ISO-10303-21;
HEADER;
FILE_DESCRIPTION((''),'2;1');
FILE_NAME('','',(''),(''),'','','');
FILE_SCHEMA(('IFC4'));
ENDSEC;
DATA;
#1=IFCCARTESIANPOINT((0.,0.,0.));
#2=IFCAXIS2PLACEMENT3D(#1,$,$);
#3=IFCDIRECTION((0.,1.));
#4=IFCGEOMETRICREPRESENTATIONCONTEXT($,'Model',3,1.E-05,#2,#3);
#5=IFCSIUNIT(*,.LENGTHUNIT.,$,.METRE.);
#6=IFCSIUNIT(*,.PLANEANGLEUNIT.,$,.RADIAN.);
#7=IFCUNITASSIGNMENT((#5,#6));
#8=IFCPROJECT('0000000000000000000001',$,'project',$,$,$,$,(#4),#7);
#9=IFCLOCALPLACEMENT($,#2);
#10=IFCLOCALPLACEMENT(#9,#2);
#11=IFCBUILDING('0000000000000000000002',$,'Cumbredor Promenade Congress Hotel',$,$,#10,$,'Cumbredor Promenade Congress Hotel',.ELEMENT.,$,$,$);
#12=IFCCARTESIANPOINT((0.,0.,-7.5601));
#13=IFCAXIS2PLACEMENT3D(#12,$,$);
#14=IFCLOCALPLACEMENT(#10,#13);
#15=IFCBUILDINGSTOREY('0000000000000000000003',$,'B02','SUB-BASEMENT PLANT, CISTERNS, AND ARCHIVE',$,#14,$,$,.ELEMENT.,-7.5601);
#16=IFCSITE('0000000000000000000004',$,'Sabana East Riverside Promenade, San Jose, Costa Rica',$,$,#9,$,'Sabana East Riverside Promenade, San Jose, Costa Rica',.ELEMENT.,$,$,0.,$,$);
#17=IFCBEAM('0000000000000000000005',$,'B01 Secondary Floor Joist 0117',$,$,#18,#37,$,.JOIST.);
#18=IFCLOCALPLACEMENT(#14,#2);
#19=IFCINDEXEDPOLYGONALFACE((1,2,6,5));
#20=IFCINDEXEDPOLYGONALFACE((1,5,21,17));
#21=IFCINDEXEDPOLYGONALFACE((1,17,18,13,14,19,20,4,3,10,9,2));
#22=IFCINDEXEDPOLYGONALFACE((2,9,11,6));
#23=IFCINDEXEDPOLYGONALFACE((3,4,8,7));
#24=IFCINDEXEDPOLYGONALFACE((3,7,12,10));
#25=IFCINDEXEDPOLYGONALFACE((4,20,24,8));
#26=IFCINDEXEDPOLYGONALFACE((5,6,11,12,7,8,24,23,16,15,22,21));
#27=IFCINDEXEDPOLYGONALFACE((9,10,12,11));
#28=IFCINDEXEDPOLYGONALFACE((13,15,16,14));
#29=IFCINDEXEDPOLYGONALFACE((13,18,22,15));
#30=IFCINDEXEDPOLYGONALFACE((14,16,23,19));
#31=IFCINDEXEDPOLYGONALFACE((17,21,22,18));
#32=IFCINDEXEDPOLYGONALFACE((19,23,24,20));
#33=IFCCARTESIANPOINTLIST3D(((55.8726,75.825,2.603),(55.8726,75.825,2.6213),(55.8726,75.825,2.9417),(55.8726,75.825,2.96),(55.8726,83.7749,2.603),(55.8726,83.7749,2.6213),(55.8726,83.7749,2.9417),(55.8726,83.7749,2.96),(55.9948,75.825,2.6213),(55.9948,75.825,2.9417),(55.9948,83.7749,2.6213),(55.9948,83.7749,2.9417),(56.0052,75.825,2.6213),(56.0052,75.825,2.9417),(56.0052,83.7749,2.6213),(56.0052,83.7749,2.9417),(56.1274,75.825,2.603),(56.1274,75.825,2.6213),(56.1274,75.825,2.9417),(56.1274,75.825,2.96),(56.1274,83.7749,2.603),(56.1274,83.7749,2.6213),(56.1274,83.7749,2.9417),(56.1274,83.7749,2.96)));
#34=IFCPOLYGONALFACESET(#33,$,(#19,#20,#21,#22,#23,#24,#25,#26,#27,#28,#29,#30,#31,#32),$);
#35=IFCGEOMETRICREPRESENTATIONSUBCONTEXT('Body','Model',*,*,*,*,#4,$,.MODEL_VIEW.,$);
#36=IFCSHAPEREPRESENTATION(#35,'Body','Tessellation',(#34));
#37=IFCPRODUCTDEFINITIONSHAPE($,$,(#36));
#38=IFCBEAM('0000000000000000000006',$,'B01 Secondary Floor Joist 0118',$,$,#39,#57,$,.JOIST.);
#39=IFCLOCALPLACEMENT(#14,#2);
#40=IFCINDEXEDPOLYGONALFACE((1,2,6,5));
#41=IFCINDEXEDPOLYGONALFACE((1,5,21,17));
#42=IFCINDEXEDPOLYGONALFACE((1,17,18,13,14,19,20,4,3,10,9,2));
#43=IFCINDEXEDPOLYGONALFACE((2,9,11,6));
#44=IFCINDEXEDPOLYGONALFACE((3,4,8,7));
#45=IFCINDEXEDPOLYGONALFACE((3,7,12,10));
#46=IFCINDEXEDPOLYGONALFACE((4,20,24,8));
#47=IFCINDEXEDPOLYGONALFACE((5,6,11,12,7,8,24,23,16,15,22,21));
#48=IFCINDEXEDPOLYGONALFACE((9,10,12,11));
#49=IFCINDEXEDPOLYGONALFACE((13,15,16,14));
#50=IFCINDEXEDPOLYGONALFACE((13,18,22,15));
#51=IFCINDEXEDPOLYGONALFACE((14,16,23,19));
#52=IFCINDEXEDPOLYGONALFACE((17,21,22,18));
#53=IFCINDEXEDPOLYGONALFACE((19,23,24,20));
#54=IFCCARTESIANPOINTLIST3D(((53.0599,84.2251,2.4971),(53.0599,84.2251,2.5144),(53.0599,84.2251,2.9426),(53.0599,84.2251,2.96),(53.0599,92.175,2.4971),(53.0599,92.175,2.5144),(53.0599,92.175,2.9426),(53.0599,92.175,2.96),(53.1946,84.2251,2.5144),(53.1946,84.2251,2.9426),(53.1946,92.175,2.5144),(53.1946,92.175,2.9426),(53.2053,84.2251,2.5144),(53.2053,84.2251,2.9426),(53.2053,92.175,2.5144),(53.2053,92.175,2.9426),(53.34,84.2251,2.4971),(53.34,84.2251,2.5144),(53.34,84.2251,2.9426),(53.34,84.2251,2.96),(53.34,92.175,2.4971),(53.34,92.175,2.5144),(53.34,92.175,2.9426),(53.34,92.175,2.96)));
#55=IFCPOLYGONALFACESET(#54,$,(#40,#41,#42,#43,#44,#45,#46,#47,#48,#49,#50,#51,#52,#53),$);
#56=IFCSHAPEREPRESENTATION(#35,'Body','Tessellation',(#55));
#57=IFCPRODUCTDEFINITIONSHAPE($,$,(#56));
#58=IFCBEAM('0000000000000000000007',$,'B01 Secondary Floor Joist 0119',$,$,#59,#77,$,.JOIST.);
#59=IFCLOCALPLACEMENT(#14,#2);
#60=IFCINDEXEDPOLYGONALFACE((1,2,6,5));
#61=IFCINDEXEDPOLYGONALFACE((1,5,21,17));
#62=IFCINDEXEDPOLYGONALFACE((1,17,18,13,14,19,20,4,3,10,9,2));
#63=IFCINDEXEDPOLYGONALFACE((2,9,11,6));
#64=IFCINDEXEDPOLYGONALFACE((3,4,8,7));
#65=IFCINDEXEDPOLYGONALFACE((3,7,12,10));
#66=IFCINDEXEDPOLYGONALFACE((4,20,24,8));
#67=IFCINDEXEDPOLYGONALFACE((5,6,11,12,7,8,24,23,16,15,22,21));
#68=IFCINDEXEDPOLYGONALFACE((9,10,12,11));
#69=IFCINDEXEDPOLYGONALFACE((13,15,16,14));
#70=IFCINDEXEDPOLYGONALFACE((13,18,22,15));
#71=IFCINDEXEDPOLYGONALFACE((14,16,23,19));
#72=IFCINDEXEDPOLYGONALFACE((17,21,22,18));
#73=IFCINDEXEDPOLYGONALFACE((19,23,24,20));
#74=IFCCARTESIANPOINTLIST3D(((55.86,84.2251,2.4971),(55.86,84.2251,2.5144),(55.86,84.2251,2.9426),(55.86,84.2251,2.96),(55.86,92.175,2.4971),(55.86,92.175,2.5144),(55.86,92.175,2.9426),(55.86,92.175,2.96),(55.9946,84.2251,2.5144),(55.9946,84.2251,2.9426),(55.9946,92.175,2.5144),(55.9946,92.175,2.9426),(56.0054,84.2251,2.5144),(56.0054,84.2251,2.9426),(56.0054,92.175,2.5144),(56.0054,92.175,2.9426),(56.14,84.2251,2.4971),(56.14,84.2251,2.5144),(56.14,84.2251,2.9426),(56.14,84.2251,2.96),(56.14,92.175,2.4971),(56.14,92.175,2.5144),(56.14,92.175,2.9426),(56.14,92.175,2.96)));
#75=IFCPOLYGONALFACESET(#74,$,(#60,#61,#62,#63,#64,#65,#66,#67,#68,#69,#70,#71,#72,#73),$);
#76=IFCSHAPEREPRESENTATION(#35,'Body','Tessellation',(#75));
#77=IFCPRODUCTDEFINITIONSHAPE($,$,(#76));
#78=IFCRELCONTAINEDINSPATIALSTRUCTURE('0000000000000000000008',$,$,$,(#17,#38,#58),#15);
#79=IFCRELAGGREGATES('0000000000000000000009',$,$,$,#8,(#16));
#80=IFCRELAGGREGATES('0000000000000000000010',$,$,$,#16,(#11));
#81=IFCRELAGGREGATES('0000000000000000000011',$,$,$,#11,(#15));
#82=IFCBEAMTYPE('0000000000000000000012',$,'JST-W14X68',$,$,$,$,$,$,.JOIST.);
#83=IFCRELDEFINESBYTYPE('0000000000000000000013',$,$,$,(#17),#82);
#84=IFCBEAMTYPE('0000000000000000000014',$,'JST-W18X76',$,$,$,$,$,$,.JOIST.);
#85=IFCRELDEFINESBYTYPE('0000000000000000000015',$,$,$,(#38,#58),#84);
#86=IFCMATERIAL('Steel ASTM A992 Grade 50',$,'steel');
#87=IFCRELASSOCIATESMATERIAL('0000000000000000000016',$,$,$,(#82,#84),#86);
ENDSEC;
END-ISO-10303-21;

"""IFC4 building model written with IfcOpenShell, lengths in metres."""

from ifc_helpers import new_model, si_unit, direction, frame, origin, origin_2d, place, context, subcontext, project, spatial, i_section, extrude, material, material_profile, profile_set, type_object, element, save


model = new_model("IFC4")

# Units and contexts
model_context = context("Model", 3, precision=1e-05, world=origin(), true_north=direction((0.0, 1.0)))
body_context = subcontext(model_context, "Body", "Model", "MODEL_VIEW")
ifc_project = project(units=[si_unit("LENGTHUNIT", "METRE"), si_unit("PLANEANGLEUNIT", "RADIAN")], contexts=[model_context])

# Site, building, storey
site_placement = place(None, origin())
site = spatial("IfcSite", under=ifc_project, at=site_placement, Name="Sabana East Riverside Promenade, San Jose, Costa Rica", LongName="Sabana East Riverside Promenade, San Jose, Costa Rica", CompositionType="ELEMENT", RefElevation=0.0)
building_placement = place(site_placement, origin())
building = spatial("IfcBuilding", under=site, at=building_placement, Name="Cumbredor Promenade Congress Hotel", LongName="Cumbredor Promenade Congress Hotel", CompositionType="ELEMENT")
storey_placement = place(building_placement, frame((0.0, 0.0, -7.5601)))
storey = spatial("IfcBuildingStorey", under=building, at=storey_placement, Name="B02", Description="SUB-BASEMENT PLANT, CISTERNS, AND ARCHIVE", CompositionType="ELEMENT", Elevation=-7.5601)

# Beams
ifc_material_1 = material(Name="Steel ASTM A992 Grade 50", Category="steel")
ifc_material_profile_1 = material_profile(ifc_material_1, i_section(OverallWidth=0.2549, OverallDepth=0.3569, WebThickness=0.0105, FlangeThickness=0.0183, at=origin_2d()), Name="W14X68")
ifc_profile_set_1 = profile_set([ifc_material_profile_1], Name="Steel ASTM A992 Grade 50")
beam_type_1 = type_object("IfcBeamType", Name="JST-W14X68", PredefinedType="JOIST", material=ifc_profile_set_1)
for number, where, z_axis, x_axis, name in (
    (1, (56.0, 75.825, 2.7815), (0.0, 1.0, 0.0), (-1.0, 0.0, 0.0), "B01 Secondary Floor Joist 0117"),
):
    element("IfcBeam", number, at=place(storey_placement, frame(where, z_axis=z_axis, x_axis=x_axis)), inside=storey, type_object=beam_type_1, Name=name, PredefinedType="JOIST", context=body_context, shape_type="SweptSolid", body=[
        extrude(i_section(OverallWidth=0.2549, OverallDepth=0.3569, WebThickness=0.0105, FlangeThickness=0.0183, at=origin_2d()), origin(), (0.0, 0.0, 1.0), 7.95),
    ])
ifc_material_profile_2 = material_profile(ifc_material_1, i_section(OverallWidth=0.28, OverallDepth=0.4629, WebThickness=0.0107, FlangeThickness=0.0173, at=origin_2d()), Name="W18X76")
ifc_profile_set_2 = profile_set([ifc_material_profile_2], Name="Steel ASTM A992 Grade 50")
beam_type_2 = type_object("IfcBeamType", Name="JST-W18X76", PredefinedType="JOIST", material=ifc_profile_set_2)
for number, where, z_axis, x_axis, name in (
    (2, (53.2, 84.2251, 2.7285), (0.0, 1.0, 0.0), (-1.0, 0.0, 0.0), "B01 Secondary Floor Joist 0118"),
    (3, (56.0, 84.2251, 2.7285), (0.0, 1.0, 0.0), (-1.0, 0.0, 0.0), "B01 Secondary Floor Joist 0119"),
):
    element("IfcBeam", number, at=place(storey_placement, frame(where, z_axis=z_axis, x_axis=x_axis)), inside=storey, type_object=beam_type_2, Name=name, PredefinedType="JOIST", context=body_context, shape_type="SweptSolid", body=[
        extrude(i_section(OverallWidth=0.28, OverallDepth=0.4629, WebThickness=0.0107, FlangeThickness=0.0173, at=origin_2d()), origin(), (0.0, 0.0, 1.0), 7.95),
    ])

save(model, "model.ifc")
